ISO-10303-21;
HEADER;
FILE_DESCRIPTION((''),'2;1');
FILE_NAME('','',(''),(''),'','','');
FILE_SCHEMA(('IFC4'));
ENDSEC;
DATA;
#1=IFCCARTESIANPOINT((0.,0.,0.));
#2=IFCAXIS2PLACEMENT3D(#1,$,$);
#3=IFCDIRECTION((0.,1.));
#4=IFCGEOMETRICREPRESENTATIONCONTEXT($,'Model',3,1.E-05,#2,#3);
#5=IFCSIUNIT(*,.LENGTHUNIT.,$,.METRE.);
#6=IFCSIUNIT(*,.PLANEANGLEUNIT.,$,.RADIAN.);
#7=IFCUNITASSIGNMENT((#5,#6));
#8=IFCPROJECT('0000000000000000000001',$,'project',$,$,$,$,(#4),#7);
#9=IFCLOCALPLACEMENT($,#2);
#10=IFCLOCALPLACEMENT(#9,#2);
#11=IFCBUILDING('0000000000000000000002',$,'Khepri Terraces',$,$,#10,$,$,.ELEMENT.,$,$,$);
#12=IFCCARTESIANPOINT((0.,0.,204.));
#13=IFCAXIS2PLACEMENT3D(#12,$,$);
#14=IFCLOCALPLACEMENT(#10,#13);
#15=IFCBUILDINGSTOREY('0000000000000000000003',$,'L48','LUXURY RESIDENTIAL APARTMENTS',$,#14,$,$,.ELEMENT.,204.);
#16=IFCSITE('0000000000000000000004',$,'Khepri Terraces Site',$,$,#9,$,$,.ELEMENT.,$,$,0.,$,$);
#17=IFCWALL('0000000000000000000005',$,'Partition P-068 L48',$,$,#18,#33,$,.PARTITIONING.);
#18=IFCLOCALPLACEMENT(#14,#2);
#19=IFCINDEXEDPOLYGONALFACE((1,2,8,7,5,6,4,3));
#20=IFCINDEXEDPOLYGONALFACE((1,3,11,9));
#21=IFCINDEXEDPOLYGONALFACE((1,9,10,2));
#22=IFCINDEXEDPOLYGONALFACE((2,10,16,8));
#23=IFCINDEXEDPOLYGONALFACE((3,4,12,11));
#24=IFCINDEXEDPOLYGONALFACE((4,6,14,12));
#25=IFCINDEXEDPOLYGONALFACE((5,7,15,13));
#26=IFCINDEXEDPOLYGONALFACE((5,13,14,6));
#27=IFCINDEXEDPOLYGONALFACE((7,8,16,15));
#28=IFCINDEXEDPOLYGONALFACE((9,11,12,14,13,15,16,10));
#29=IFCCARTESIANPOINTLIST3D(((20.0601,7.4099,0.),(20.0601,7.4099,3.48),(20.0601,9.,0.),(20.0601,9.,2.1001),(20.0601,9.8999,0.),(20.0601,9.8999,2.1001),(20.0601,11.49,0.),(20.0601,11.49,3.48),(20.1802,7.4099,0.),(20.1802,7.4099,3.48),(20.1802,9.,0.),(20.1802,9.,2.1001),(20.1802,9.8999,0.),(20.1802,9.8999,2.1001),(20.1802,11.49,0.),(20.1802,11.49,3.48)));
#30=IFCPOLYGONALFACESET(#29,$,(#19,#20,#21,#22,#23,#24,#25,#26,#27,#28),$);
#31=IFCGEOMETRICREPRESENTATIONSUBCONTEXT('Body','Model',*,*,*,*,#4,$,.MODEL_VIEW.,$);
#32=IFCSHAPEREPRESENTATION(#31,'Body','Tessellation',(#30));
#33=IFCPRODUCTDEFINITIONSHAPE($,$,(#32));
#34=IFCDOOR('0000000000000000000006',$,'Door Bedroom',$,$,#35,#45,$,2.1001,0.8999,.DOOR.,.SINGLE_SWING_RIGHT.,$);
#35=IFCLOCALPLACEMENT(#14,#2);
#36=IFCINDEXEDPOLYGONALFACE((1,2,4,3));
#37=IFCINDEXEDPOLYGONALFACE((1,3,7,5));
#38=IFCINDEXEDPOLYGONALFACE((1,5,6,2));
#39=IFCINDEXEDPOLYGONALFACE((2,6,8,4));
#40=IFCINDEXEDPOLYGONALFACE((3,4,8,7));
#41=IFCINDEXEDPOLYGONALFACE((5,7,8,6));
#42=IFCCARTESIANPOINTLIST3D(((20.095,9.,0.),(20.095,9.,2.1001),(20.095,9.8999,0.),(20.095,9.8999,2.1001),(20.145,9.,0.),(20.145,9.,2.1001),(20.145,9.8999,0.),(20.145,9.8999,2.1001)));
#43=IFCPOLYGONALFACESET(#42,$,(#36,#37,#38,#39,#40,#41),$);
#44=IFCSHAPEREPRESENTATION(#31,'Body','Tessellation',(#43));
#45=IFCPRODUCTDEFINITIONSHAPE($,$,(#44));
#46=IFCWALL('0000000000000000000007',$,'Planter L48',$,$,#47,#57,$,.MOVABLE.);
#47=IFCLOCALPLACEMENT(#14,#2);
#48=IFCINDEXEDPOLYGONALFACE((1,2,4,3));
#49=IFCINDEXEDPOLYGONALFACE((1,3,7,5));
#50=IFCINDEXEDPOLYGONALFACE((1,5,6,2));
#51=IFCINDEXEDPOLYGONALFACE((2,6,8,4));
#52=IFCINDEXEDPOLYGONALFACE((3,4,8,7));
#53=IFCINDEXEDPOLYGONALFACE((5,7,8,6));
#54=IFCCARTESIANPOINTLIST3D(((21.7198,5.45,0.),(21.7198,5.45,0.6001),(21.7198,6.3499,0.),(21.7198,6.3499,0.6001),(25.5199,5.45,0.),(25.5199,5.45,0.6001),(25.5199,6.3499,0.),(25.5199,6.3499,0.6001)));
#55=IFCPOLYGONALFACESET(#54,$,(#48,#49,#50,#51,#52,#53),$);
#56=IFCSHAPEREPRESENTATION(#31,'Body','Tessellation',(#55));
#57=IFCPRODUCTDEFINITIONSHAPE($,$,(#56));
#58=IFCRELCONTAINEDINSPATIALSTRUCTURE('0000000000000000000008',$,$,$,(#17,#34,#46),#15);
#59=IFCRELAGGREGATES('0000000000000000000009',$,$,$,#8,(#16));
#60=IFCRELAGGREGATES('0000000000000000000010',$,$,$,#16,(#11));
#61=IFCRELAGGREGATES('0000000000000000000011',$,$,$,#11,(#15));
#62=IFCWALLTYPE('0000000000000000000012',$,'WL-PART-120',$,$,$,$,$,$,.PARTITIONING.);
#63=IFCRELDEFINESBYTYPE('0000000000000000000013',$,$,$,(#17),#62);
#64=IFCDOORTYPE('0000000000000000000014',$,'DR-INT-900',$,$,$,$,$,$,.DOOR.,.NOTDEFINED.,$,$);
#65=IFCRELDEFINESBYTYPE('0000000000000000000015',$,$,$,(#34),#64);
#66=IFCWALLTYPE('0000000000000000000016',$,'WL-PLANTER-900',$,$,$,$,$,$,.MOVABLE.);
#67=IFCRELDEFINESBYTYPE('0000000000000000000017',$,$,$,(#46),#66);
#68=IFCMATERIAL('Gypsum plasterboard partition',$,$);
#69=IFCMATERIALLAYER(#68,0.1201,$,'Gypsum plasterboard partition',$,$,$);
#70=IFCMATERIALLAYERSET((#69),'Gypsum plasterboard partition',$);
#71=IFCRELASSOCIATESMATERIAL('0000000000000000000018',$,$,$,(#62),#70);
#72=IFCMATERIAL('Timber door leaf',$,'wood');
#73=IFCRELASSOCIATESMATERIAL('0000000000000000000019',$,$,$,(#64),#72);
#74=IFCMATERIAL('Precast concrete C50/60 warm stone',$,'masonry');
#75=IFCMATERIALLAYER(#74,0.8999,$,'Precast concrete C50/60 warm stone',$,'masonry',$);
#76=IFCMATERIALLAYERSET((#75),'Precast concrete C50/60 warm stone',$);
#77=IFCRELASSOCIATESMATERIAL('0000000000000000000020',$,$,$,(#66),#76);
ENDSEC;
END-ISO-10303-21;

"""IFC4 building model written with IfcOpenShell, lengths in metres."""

from ifc_helpers import new_model, si_unit, direction, frame, frame_2d, origin, place, context, subcontext, project, spatial, rectangle, extrude, material, layer, layer_set, type_object, element, fill, save


model = new_model("IFC4")

# Units and contexts
model_context = context("Model", 3, precision=1e-05, world=origin(), true_north=direction((0.0, 1.0)))
body_context = subcontext(model_context, "Body", "Model", "MODEL_VIEW")
ifc_project = project(units=[si_unit("LENGTHUNIT", "METRE"), si_unit("PLANEANGLEUNIT", "RADIAN")], contexts=[model_context])

# Site, building, storey
site_placement = place(None, origin())
site = spatial("IfcSite", under=ifc_project, at=site_placement, Name="Khepri Terraces Site", CompositionType="ELEMENT", RefElevation=0.0)
building_placement = place(site_placement, origin())
building = spatial("IfcBuilding", under=site, at=building_placement, Name="Khepri Terraces", CompositionType="ELEMENT")
storey_placement = place(building_placement, frame((0.0, 0.0, 204.0)))
storey = spatial("IfcBuildingStorey", under=building, at=storey_placement, Name="L48", Description="LUXURY RESIDENTIAL APARTMENTS", CompositionType="ELEMENT", Elevation=204.0)

# Shared definitions
ifc_material_1 = material(Name="Precast concrete C50/60 warm stone", Category="masonry")

# Shared definitions
ifc_material_2 = material(Name="Gypsum plasterboard partition")
ifc_layer_1 = layer(ifc_material_2, 0.1201, Name="Gypsum plasterboard partition")
ifc_layer_set_1 = layer_set([ifc_layer_1], Name="Gypsum plasterboard partition")
wall_type_1 = type_object("IfcWallType", Name="WL-PART-120", PredefinedType="PARTITIONING", material=ifc_layer_set_1)

# Shared definitions
ifc_material_3 = material(Name="Timber door leaf", Category="wood")
door_type_1 = type_object("IfcDoorType", Name="DR-INT-900", OperationType="NOTDEFINED", PredefinedType="DOOR", material=ifc_material_3)

# Wall, opening, door
wall_1_placement = place(storey_placement, frame((20.1201, 7.4099, 0.0), z_axis=(0.0, 0.0, 1.0), x_axis=(0.0, 1.0, 0.0)))
wall_1 = element("IfcWall", 1, at=wall_1_placement, inside=storey, type_object=wall_type_1, Name="Partition P-068 L48", PredefinedType="PARTITIONING", context=body_context, shape_type="SweptSolid", body=[
    extrude(rectangle(XDim=4.0801, YDim=0.1201, at=frame_2d((2.04, 0.0))), origin(), (0.0, 0.0, 1.0), 3.48),
])
opening_1_placement = place(wall_1_placement, frame((1.5901, 0.0, 0.0)))
opening_1 = element("IfcOpeningElement", 2, at=opening_1_placement, cuts=wall_1, PredefinedType="OPENING", context=body_context, shape_type="SweptSolid", body=[
    extrude(rectangle(XDim=0.8999, YDim=2.1001, at=frame_2d((0.45, 1.05))), frame((0.0, 0.0701, 0.0), z_axis=(0.0, -1.0, 0.0), x_axis=(1.0, 0.0, 0.0)), (0.0, 0.0, 1.0), 0.1401),
])
door_1_placement = place(opening_1_placement, frame((0.8999, 0.0, 0.0), z_axis=(0.0, 0.0, 1.0), x_axis=(-1.0, 0.0, 0.0)))
door_1 = element("IfcDoor", 3, at=door_1_placement, inside=storey, type_object=door_type_1, Name="Door Bedroom", OperationType="SINGLE_SWING_RIGHT", OverallHeight=2.1001, OverallWidth=0.8999, PredefinedType="DOOR", context=body_context, shape_type="SweptSolid", body=[
    extrude(rectangle(XDim=0.8999, YDim=2.1001, at=frame_2d((0.45, 1.05))), frame((0.0, 0.0249, 0.0), z_axis=(0.0, -1.0, 0.0), x_axis=(1.0, 0.0, 0.0)), (0.0, 0.0, 1.0), 0.05),
])
fill(opening_1, door_1)

# Wall
ifc_layer_2 = layer(ifc_material_1, 0.8999, Name="Precast concrete C50/60 warm stone", Category="masonry")
ifc_layer_set_2 = layer_set([ifc_layer_2], Name="Precast concrete C50/60 warm stone")
wall_type_2 = type_object("IfcWallType", Name="WL-PLANTER-900", PredefinedType="MOVABLE", material=ifc_layer_set_2)
wall_2_placement = place(storey_placement, frame((21.72, 5.8999, 0.0), z_axis=(0.0, 0.0, 1.0), x_axis=(1.0, 0.0, 0.0)))
element("IfcWall", 4, at=wall_2_placement, inside=storey, type_object=wall_type_2, Name="Planter L48", PredefinedType="MOVABLE", context=body_context, shape_type="SweptSolid", body=[
    extrude(rectangle(XDim=3.8, YDim=0.8999, at=frame_2d((1.8999, 0.0))), origin(), (0.0, 0.0, 1.0), 0.6001),
])

save(model, "model.ifc")
